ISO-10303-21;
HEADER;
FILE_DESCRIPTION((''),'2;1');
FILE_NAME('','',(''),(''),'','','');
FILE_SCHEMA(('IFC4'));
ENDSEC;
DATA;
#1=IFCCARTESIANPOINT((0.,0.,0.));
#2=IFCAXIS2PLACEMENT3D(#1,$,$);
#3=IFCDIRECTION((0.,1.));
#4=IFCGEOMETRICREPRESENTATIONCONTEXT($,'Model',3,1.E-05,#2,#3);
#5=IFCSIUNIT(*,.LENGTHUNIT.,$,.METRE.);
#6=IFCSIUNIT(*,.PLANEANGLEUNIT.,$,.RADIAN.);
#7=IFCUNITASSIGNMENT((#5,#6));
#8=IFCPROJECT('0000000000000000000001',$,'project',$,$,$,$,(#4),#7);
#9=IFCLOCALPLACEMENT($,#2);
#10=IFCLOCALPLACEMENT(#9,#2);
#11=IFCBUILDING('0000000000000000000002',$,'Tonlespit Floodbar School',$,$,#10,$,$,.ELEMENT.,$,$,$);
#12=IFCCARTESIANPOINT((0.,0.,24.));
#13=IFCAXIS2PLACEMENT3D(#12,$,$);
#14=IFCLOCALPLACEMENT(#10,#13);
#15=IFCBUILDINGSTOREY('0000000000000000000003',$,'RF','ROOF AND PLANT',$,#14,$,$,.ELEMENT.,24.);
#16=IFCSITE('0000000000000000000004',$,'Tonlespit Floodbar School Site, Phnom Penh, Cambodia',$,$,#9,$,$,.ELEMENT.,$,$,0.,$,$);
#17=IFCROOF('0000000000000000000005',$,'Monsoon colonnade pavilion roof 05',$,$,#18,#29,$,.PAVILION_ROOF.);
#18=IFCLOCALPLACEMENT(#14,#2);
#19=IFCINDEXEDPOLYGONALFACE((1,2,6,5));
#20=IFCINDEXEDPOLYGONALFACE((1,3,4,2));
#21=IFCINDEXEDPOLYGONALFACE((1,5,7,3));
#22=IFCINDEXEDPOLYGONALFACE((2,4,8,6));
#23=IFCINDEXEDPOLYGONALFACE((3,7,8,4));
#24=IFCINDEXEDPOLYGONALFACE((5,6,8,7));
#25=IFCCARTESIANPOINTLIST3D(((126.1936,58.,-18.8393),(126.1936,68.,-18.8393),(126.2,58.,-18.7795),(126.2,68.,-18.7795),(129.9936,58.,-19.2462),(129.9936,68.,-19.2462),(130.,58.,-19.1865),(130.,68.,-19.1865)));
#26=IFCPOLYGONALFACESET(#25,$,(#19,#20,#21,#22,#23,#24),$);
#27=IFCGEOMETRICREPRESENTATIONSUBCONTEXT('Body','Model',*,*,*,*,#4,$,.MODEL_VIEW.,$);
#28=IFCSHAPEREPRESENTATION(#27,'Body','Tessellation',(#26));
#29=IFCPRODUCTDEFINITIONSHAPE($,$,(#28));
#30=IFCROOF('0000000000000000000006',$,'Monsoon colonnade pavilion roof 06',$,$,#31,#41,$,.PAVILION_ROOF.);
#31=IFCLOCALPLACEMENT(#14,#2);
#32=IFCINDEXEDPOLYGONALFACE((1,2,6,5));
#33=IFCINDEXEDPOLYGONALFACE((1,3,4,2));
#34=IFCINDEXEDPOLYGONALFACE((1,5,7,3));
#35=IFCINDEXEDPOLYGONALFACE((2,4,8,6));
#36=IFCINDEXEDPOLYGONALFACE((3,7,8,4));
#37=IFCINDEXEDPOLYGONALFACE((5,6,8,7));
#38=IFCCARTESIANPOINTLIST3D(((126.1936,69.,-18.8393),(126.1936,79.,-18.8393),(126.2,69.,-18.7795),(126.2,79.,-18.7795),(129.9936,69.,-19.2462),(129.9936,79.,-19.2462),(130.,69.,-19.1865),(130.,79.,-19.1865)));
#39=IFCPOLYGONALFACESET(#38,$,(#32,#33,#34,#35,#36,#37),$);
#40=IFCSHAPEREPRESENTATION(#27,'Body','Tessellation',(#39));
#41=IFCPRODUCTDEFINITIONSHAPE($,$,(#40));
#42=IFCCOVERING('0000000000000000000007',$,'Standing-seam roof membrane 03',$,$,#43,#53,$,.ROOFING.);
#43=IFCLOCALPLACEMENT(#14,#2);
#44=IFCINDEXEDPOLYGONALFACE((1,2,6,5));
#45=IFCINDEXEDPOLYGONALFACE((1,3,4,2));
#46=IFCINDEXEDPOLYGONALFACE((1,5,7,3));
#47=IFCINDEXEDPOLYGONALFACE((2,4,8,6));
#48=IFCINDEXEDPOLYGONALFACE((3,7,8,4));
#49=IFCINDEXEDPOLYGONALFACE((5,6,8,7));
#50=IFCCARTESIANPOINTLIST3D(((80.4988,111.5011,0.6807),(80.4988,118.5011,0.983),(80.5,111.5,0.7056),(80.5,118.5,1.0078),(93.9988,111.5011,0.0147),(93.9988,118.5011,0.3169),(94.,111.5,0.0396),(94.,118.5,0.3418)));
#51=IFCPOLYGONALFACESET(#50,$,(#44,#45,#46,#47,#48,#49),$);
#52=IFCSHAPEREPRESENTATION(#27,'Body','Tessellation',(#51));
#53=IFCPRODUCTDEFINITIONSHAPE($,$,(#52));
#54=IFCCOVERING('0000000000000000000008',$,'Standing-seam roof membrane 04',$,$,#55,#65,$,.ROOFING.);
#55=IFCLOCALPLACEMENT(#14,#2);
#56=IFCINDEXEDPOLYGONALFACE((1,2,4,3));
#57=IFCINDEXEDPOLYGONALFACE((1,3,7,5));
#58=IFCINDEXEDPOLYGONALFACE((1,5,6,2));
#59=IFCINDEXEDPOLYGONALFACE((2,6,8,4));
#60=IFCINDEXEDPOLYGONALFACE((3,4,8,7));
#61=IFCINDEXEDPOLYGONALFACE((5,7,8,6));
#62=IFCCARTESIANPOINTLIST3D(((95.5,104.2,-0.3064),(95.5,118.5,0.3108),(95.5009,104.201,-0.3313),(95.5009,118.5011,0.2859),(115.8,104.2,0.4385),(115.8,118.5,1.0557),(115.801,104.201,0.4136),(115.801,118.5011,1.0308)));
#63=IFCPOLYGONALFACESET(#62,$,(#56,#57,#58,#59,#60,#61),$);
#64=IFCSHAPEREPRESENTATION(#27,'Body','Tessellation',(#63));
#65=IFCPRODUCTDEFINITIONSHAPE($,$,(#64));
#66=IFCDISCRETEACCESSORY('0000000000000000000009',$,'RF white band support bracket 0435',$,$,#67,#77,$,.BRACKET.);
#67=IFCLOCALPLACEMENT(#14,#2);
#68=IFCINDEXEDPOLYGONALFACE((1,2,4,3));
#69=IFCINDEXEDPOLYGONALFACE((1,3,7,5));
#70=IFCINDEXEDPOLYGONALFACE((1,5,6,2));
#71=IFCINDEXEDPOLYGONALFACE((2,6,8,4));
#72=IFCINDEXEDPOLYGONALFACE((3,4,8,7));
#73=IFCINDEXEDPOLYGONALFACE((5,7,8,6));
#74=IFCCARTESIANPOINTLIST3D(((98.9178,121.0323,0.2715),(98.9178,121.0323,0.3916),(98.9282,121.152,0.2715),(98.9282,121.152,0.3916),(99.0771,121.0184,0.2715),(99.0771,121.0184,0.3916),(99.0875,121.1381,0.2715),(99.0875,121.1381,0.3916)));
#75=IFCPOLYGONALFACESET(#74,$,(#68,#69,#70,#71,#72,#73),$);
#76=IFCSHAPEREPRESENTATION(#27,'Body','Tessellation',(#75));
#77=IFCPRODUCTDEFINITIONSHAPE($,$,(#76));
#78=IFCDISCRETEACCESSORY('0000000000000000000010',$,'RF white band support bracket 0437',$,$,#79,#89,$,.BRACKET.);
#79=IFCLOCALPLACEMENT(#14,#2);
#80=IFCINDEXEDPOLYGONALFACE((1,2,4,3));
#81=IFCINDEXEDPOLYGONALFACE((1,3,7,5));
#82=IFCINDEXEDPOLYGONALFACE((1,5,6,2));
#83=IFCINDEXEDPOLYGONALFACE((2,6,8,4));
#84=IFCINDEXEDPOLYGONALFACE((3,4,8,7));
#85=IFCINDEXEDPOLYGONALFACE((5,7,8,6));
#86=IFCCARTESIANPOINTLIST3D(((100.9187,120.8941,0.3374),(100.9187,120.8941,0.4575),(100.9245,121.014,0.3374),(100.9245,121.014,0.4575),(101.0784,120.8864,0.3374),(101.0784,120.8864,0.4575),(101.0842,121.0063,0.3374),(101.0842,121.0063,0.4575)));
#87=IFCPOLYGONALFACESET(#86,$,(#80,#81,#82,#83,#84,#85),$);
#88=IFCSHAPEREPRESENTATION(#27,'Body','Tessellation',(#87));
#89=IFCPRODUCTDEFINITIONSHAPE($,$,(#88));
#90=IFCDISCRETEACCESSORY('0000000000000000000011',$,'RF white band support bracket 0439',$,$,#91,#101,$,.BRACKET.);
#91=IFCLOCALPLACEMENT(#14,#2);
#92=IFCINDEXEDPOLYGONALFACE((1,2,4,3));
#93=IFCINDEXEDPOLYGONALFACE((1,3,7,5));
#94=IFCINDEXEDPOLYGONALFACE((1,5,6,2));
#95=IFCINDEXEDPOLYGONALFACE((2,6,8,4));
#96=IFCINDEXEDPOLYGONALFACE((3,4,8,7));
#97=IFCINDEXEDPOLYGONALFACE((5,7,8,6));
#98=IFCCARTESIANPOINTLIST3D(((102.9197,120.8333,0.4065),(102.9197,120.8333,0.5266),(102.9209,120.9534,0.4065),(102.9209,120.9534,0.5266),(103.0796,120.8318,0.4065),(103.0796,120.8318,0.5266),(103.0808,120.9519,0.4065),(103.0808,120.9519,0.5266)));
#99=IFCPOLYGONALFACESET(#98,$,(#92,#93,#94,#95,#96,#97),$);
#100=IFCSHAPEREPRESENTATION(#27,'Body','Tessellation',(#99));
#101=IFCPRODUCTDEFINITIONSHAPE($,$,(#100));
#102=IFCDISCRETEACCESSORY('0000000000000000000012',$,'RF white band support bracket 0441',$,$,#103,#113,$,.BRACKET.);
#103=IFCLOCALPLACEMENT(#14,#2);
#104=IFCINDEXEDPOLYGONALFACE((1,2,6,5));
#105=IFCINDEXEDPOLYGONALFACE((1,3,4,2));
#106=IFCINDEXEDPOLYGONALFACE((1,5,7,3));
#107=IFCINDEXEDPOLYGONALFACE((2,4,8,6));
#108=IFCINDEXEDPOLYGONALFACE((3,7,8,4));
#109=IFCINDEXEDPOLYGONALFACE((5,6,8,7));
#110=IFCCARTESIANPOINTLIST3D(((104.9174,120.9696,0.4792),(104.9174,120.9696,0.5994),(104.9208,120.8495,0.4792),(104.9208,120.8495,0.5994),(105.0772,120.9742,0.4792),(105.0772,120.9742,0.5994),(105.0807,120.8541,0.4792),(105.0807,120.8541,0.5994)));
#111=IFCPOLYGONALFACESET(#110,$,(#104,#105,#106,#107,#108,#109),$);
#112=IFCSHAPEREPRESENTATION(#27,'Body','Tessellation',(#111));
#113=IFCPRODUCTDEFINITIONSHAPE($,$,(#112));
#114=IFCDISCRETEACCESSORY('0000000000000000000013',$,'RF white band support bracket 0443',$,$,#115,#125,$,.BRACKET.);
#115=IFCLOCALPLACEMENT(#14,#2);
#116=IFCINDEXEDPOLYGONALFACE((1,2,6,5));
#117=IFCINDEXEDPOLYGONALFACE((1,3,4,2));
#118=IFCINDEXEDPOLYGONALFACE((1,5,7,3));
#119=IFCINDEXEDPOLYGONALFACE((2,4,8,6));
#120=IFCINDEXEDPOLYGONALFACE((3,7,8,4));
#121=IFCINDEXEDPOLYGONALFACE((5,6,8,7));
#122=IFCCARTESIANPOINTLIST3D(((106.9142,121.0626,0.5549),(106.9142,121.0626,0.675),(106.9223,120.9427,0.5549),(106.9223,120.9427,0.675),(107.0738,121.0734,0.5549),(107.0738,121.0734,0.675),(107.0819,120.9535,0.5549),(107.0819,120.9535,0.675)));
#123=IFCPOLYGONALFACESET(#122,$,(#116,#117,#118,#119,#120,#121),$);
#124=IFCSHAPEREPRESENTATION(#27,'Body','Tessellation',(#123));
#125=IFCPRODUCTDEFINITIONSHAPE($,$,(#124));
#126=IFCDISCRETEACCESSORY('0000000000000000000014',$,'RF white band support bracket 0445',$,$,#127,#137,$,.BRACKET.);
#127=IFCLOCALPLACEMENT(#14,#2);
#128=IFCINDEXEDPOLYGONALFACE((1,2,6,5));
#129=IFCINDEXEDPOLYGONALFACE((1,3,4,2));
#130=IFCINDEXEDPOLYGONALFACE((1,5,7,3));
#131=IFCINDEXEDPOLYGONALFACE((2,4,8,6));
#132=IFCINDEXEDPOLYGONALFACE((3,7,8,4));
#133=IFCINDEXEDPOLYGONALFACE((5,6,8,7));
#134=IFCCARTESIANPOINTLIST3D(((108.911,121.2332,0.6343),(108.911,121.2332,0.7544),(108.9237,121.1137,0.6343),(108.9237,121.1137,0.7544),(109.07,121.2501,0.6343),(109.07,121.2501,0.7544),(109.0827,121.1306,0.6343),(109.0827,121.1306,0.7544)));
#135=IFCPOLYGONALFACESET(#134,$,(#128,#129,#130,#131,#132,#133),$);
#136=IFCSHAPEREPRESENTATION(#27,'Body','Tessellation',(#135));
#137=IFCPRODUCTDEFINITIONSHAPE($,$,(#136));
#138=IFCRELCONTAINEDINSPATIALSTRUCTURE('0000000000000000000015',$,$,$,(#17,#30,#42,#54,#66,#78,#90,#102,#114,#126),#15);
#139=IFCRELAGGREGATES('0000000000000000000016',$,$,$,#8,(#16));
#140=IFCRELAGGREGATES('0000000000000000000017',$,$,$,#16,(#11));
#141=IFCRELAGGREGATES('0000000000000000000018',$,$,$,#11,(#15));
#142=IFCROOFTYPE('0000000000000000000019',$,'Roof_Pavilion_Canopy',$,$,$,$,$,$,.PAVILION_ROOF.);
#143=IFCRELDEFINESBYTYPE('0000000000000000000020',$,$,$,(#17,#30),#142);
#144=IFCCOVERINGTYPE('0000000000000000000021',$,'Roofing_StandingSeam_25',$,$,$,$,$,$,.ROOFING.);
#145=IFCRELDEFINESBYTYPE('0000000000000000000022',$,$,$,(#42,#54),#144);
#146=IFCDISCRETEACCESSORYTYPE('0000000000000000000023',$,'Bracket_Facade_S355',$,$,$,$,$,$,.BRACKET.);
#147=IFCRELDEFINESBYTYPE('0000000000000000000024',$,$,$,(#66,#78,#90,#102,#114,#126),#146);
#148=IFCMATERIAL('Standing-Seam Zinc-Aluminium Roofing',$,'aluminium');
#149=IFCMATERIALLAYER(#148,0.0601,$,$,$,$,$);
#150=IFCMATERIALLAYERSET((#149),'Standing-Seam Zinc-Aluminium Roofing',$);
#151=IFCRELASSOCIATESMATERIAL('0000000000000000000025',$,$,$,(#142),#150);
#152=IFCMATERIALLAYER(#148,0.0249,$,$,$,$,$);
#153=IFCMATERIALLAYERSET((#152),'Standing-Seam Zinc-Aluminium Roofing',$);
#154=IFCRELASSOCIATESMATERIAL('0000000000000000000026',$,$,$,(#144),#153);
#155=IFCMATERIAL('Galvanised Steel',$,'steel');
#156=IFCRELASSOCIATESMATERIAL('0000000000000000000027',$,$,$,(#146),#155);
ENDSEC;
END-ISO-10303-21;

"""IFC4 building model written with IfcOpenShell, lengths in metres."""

from ifc_helpers import new_model, si_unit, direction, frame, origin, origin_2d, place, context, subcontext, project, spatial, polyline, rectangle, outline, extrude, material, layer, layer_set, type_object, element, save


model = new_model("IFC4")

# Units and contexts
model_context = context("Model", 3, precision=1e-05, world=origin(), true_north=direction((0.0, 1.0)))
body_context = subcontext(model_context, "Body", "Model", "MODEL_VIEW")
ifc_project = project(units=[si_unit("LENGTHUNIT", "METRE"), si_unit("PLANEANGLEUNIT", "RADIAN")], contexts=[model_context])

# Site, building, storey
site_placement = place(None, origin())
site = spatial("IfcSite", under=ifc_project, at=site_placement, Name="Tonlespit Floodbar School Site, Phnom Penh, Cambodia", CompositionType="ELEMENT", RefElevation=0.0)
building_placement = place(site_placement, origin())
building = spatial("IfcBuilding", under=site, at=building_placement, Name="Tonlespit Floodbar School", CompositionType="ELEMENT")
storey_placement = place(building_placement, frame((0.0, 0.0, 24.0)))
storey = spatial("IfcBuildingStorey", under=building, at=storey_placement, Name="RF", Description="ROOF AND PLANT", CompositionType="ELEMENT", Elevation=24.0)

# Roofs
ifc_material_1 = material(Name="Standing-Seam Zinc-Aluminium Roofing", Category="aluminium")
ifc_layer_1 = layer(ifc_material_1, 0.0601)
ifc_layer_set_1 = layer_set([ifc_layer_1], Name="Standing-Seam Zinc-Aluminium Roofing")
roof_type = type_object("IfcRoofType", Name="Roof_Pavilion_Canopy", PredefinedType="PAVILION_ROOF", material=ifc_layer_set_1)
for number, where, z_axis, x_axis, name in (
    (1, (126.2, 58.0, -18.7795), (0.10649, 0.0, 0.994314), (0.994314, 0.0, -0.10649), "Monsoon colonnade pavilion roof 05"),
    (2, (126.2, 69.0, -18.7795), (0.10649, 0.0, 0.994314), (0.994314, 0.0, -0.10649), "Monsoon colonnade pavilion roof 06"),
):
    element("IfcRoof", number, at=place(storey_placement, frame(where, z_axis=z_axis, x_axis=x_axis)), inside=storey, type_object=roof_type, Name=name, PredefinedType="PAVILION_ROOF", context=body_context, shape_type="SweptSolid", body=[
        extrude(outline(polyline([(0.0, 0.0), (3.8218, 0.0), (3.8218, 10.0), (0.0, 10.0), (0.0, 0.0)])), origin(), (0.0, 0.0, -1.0), 0.0601),
    ])

# Coverings
ifc_layer_2 = layer(ifc_material_1, 0.0249)
ifc_layer_set_2 = layer_set([ifc_layer_2], Name="Standing-Seam Zinc-Aluminium Roofing")
covering_type = type_object("IfcCoveringType", Name="Roofing_StandingSeam_25", PredefinedType="ROOFING", material=ifc_layer_set_2)
covering_1_placement = place(storey_placement, frame((80.5, 111.5, 0.7056), z_axis=(0.049229, -0.043086, 0.997858), x_axis=(0.998785, 0.0, -0.049275)))
element("IfcCovering", 3, at=covering_1_placement, inside=storey, type_object=covering_type, Name="Standing-seam roof membrane 03", PredefinedType="ROOFING", context=body_context, shape_type="SweptSolid", body=[
    extrude(outline(polyline([(0.0, 0.0), (13.5164, 0.0), (13.5015, 7.0065), (-0.0149, 7.0065), (0.0, 0.0)])), origin(), (0.0, 0.0, -1.0), 0.0249),
])
covering_2_placement = place(storey_placement, frame((95.5, 104.2, -0.3064), z_axis=(-0.036634, -0.043091, 0.998399), x_axis=(0.999327, 0.0, 0.036668)))
element("IfcCovering", 4, at=covering_2_placement, inside=storey, type_object=covering_type, Name="Standing-seam roof membrane 04", PredefinedType="ROOFING", context=body_context, shape_type="SweptSolid", body=[
    extrude(outline(polyline([(0.0, 0.0), (20.3137, 0.0), (20.3363, 14.3133), (0.0226, 14.3133), (0.0, 0.0)])), origin(), (0.0, 0.0, -1.0), 0.0249),
])

# Discrete accessories
ifc_material_2 = material(Name="Galvanised Steel", Category="steel")
discrete_accessory_type = type_object("IfcDiscreteAccessoryType", Name="Bracket_Facade_S355", PredefinedType="BRACKET", material=ifc_material_2)
for number, where, z_axis, x_axis, name in (
    (5, (99.0027, 121.0852, 0.2715), (0.0, 0.0, 1.0), (0.996245, -0.086573, 0.0), "RF white band support bracket 0435"),
    (6, (101.0015, 120.9502, 0.3374), (0.0, 0.0, 1.0), (0.998843, -0.048095, 0.0), "RF white band support bracket 0437"),
    (7, (103.0002, 120.8926, 0.4065), (0.0, 0.0, 1.0), (0.999954, -0.009599, 0.0), "RF white band support bracket 0439"),
    (8, (104.999, 120.9119, 0.4792), (0.0, 0.0, 1.0), (0.999584, 0.028838, 0.0), "RF white band support bracket 0441"),
    (9, (106.998, 121.0081, 0.5549), (0.0, 0.0, 1.0), (0.99773, 0.067347, 0.0), "RF white band support bracket 0443"),
    (10, (108.9968, 121.1819, 0.6343), (0.0, 0.0, 1.0), (0.994392, 0.105754, 0.0), "RF white band support bracket 0445"),
):
    element("IfcDiscreteAccessory", number, at=place(storey_placement, frame(where, z_axis=z_axis, x_axis=x_axis)), inside=storey, type_object=discrete_accessory_type, Name=name, PredefinedType="BRACKET", context=body_context, shape_type="SweptSolid", body=[
        extrude(rectangle(XDim=0.1599, YDim=0.1201, at=origin_2d()), origin(), (0.0, 0.0, 1.0), 0.1201),
    ])

save(model, "model.ifc")
